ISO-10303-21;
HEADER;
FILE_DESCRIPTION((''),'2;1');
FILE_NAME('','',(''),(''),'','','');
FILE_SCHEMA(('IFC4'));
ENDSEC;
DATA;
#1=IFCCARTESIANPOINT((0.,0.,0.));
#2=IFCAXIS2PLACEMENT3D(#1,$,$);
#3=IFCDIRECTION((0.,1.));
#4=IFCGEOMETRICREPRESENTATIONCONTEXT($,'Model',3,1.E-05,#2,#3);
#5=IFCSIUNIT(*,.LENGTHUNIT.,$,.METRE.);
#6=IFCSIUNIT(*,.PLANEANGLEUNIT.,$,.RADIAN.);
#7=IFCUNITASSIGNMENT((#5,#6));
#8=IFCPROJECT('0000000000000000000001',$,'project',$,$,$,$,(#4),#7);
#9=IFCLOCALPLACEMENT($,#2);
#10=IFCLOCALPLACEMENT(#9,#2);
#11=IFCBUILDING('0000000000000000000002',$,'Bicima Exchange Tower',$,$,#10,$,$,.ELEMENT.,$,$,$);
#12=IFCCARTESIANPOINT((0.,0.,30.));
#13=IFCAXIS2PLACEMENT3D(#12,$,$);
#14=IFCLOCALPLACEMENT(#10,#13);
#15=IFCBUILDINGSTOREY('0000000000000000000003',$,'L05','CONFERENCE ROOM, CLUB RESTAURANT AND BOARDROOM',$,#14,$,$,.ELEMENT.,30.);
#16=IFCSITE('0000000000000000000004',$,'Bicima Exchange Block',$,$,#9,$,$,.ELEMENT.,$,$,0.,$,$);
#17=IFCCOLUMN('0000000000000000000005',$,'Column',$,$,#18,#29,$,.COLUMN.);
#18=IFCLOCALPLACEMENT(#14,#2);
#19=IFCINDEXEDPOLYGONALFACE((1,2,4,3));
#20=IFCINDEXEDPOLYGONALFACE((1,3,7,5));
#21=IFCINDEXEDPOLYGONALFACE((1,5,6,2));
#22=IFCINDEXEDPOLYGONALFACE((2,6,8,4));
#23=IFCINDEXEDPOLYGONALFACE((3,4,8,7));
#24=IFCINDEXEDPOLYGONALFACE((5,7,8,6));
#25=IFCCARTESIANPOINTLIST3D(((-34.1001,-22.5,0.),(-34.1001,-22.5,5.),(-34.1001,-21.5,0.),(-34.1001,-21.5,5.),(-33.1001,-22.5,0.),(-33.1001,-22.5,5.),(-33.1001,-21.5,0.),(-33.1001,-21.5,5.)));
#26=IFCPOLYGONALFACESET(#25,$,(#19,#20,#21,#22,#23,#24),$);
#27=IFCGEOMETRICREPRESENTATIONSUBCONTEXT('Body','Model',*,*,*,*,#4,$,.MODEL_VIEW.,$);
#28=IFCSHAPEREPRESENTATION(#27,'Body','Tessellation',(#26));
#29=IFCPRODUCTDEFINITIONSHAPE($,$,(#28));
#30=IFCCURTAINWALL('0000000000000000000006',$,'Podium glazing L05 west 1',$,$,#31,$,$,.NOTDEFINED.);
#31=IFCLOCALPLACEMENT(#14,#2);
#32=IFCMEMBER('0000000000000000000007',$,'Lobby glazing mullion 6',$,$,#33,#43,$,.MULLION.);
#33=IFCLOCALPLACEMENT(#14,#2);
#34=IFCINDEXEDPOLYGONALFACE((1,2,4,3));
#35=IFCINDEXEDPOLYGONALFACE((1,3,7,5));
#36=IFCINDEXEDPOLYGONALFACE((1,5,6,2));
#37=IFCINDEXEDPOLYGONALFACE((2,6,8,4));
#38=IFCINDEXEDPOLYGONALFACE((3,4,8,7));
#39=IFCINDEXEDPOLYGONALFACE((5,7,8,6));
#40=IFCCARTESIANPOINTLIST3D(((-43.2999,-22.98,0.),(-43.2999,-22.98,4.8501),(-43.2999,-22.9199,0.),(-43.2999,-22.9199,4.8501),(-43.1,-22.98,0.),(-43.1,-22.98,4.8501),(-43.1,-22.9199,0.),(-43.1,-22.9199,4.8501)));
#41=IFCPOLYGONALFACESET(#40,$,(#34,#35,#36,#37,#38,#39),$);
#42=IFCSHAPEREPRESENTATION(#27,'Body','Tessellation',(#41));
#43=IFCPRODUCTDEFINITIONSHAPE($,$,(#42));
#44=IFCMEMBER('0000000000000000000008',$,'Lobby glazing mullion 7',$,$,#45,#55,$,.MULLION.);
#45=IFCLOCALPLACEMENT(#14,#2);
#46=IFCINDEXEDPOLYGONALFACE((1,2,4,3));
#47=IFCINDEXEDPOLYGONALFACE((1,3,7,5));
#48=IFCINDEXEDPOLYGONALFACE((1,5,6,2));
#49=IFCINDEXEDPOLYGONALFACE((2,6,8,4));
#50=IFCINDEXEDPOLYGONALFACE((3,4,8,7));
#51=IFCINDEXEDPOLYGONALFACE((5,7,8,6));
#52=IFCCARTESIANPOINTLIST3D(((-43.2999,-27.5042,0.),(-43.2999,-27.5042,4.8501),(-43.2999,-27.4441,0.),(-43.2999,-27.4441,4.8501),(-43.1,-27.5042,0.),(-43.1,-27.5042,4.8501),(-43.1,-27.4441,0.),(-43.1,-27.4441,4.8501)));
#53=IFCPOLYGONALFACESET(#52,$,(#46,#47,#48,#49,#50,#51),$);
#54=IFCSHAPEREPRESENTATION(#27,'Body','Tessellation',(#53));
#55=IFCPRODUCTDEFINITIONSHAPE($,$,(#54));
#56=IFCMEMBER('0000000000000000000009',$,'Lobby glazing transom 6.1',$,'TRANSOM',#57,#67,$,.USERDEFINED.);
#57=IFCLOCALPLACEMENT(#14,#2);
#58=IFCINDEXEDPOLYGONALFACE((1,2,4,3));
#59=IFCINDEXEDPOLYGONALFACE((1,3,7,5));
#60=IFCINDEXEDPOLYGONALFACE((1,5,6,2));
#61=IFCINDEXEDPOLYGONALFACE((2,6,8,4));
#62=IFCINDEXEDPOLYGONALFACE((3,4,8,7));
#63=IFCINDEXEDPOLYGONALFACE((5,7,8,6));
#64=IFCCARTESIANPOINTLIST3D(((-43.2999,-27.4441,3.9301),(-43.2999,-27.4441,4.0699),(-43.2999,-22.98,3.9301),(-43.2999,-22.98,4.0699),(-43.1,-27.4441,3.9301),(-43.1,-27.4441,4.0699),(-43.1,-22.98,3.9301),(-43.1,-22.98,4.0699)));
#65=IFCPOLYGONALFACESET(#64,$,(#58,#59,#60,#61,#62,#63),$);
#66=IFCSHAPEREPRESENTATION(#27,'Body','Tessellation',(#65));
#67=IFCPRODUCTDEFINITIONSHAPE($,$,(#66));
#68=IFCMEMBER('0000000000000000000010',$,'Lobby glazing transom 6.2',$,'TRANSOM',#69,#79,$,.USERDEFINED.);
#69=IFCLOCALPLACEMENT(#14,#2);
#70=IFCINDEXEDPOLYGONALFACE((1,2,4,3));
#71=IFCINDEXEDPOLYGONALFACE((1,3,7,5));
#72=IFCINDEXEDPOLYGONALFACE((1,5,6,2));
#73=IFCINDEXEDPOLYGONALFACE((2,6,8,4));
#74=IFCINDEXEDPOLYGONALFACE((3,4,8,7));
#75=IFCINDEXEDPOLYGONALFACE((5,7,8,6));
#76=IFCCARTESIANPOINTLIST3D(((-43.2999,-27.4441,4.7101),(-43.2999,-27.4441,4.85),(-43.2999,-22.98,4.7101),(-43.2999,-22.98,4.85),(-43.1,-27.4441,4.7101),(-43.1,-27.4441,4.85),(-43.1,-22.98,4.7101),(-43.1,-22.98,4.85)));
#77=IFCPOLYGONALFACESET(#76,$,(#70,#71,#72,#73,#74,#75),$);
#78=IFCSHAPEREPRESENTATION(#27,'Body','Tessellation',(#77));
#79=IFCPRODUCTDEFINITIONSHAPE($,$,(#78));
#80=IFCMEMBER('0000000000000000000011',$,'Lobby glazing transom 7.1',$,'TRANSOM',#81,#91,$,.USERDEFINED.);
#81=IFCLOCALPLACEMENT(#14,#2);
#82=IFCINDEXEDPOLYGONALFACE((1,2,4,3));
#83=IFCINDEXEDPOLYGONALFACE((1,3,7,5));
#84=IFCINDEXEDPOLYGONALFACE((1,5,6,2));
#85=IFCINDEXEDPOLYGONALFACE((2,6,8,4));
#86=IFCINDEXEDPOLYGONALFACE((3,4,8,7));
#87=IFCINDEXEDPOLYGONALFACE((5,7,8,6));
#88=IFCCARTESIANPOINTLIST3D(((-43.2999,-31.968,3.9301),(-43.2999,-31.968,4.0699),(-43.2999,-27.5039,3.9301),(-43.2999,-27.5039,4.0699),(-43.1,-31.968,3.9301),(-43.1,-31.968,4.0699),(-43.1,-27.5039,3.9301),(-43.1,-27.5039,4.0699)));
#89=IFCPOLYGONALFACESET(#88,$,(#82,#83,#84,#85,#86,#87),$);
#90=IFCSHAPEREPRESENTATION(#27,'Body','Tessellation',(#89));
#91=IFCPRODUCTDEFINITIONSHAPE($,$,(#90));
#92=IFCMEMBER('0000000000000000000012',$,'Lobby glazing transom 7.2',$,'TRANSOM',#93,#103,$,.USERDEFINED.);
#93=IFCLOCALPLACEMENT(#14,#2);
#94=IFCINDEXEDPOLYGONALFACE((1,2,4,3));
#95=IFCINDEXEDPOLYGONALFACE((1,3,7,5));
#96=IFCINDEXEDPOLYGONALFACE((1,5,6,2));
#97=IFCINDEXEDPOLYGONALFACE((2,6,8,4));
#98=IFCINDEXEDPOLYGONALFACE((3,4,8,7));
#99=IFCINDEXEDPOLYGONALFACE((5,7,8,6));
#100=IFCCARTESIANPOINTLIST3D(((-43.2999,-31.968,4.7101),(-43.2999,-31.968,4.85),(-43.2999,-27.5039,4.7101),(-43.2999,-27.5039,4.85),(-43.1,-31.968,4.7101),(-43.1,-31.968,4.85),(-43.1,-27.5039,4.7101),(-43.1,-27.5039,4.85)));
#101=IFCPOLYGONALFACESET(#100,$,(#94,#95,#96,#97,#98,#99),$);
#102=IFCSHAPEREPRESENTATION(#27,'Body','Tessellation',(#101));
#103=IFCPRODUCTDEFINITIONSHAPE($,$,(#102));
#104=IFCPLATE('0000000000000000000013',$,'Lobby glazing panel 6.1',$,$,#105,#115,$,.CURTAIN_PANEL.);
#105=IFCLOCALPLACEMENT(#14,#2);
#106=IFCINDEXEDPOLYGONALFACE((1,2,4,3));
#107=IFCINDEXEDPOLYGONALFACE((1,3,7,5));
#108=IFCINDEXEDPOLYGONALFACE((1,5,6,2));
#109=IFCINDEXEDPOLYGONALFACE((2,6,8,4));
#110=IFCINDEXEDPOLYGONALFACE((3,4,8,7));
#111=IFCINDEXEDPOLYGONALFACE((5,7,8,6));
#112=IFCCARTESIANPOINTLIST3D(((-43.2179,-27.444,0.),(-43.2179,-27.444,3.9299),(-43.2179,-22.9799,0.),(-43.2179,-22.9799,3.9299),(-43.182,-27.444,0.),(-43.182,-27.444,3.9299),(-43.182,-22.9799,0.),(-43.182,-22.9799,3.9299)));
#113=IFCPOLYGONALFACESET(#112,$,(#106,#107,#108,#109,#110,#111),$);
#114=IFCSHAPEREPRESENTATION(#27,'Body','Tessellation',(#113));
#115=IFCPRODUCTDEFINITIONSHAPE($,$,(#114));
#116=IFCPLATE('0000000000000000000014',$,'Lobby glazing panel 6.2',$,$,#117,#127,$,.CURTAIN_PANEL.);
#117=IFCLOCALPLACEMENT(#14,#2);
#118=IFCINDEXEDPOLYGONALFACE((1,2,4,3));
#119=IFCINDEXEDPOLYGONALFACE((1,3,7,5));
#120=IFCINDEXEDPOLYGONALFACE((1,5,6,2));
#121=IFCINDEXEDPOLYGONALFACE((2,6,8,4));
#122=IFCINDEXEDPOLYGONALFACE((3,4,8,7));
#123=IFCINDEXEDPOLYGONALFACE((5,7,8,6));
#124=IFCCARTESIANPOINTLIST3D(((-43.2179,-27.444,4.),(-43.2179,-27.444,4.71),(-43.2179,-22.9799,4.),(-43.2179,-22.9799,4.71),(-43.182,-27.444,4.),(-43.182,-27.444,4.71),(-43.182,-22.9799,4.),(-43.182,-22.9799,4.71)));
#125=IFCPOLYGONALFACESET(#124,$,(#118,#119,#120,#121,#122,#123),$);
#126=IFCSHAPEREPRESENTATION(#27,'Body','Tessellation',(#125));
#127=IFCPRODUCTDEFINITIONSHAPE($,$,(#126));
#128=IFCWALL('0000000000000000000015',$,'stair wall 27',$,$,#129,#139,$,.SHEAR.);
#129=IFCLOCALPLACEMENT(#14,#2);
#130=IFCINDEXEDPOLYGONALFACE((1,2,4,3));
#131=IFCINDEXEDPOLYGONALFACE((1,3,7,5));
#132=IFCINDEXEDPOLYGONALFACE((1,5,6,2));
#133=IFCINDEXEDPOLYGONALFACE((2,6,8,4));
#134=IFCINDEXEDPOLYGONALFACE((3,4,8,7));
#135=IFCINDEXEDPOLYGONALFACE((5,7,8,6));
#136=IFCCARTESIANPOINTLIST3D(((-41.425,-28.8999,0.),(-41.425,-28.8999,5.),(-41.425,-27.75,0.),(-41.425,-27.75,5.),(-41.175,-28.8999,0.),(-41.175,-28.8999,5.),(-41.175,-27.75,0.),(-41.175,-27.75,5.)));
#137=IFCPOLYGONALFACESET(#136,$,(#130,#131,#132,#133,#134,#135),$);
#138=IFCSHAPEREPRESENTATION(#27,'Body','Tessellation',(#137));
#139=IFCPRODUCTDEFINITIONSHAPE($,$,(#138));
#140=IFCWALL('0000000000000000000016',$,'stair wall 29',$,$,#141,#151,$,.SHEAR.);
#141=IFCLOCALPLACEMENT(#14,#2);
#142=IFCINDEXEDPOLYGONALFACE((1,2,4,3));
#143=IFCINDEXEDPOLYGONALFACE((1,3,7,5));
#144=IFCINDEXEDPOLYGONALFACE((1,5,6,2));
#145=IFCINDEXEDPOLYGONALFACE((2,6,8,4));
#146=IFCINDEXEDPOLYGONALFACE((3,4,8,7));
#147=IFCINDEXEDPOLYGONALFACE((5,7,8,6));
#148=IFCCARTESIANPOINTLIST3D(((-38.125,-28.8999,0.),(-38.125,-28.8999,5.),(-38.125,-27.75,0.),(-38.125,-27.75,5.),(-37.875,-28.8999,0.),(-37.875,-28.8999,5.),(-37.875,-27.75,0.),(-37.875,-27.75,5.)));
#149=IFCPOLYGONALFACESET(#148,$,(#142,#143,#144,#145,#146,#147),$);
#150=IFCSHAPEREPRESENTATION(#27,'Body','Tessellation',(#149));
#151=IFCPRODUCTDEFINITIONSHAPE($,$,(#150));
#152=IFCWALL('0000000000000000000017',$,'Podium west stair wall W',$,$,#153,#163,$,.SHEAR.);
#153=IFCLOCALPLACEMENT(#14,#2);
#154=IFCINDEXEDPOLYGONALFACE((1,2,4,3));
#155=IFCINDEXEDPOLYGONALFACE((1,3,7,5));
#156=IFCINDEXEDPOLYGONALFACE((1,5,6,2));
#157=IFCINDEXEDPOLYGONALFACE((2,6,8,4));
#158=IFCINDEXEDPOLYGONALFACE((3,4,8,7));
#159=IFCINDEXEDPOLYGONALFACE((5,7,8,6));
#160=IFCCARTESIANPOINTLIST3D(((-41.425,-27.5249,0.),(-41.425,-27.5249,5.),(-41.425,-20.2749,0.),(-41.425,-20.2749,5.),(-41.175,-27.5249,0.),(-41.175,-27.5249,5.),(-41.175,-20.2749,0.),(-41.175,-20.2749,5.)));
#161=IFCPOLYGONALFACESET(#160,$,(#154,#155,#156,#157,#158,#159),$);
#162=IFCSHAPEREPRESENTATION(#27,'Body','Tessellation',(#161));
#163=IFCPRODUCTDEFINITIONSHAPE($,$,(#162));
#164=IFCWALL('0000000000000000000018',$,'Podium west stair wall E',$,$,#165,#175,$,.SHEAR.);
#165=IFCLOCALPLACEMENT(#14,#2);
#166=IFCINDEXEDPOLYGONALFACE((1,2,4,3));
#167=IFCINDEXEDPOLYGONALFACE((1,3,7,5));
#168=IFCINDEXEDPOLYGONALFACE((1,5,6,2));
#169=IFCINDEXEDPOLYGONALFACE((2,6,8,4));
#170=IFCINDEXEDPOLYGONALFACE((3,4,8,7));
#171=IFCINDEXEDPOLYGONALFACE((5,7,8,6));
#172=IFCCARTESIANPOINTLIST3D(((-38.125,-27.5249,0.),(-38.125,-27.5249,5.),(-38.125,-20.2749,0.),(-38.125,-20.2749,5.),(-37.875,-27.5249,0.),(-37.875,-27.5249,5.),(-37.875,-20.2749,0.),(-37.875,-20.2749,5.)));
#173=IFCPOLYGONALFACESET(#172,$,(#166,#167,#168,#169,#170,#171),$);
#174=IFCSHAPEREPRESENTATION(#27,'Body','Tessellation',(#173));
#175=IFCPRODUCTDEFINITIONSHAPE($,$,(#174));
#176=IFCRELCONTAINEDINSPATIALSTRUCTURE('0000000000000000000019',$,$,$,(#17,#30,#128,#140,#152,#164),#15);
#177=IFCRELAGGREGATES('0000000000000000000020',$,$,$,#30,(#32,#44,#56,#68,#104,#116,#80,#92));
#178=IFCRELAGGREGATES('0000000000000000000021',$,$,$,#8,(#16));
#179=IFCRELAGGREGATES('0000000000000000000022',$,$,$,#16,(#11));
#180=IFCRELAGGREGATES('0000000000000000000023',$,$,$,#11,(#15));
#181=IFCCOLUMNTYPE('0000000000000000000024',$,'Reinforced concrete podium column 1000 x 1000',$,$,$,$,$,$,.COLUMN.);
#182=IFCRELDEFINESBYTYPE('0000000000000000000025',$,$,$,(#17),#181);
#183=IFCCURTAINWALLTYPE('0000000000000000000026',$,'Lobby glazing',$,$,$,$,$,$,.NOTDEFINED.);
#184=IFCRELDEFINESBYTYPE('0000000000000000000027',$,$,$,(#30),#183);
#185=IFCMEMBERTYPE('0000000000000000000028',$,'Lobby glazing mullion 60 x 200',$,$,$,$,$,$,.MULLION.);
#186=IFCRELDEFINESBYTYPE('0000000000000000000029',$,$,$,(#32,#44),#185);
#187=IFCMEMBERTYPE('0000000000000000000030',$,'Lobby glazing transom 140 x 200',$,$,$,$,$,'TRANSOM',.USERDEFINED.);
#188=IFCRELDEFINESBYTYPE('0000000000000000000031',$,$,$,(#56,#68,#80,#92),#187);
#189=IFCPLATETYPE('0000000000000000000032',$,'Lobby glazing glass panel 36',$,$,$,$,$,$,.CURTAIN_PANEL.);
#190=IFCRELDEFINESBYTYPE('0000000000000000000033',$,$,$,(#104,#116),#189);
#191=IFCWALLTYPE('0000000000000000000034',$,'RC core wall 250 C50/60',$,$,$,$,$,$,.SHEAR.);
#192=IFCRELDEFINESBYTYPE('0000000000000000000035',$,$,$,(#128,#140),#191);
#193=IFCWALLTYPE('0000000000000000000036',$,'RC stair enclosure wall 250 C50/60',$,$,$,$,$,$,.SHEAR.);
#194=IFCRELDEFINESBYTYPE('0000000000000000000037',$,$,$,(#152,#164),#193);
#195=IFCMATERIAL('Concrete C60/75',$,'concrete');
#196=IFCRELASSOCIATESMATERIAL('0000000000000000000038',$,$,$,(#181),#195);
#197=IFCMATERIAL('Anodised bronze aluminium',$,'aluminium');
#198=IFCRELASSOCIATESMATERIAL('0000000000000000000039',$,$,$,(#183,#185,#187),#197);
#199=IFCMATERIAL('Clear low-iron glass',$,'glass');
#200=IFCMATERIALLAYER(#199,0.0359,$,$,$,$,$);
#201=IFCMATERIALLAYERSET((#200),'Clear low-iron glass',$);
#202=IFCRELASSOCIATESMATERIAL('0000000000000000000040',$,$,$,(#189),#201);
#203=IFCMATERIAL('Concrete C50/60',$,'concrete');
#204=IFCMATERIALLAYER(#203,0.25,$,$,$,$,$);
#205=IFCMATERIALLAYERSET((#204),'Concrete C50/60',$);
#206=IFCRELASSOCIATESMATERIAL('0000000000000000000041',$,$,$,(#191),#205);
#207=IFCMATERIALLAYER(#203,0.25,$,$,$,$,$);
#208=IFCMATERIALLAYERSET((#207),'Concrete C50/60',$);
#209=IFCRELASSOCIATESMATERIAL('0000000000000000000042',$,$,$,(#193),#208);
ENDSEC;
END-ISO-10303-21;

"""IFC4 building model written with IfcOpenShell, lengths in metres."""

from ifc_helpers import new_model, si_unit, direction, frame, frame_2d, origin, origin_2d, place, context, subcontext, project, spatial, rectangle, extrude, material, layer, layer_set, material_profile, profile_set, type_object, element, aggregate, save


model = new_model("IFC4")

# Units and contexts
model_context = context("Model", 3, precision=1e-05, world=origin(), true_north=direction((0.0, 1.0)))
body_context = subcontext(model_context, "Body", "Model", "MODEL_VIEW")
ifc_project = project(units=[si_unit("LENGTHUNIT", "METRE"), si_unit("PLANEANGLEUNIT", "RADIAN")], contexts=[model_context])

# Site, building, storey
site_placement = place(None, origin())
site = spatial("IfcSite", under=ifc_project, at=site_placement, Name="Bicima Exchange Block", CompositionType="ELEMENT", RefElevation=0.0)
building_placement = place(site_placement, origin())
building = spatial("IfcBuilding", under=site, at=building_placement, Name="Bicima Exchange Tower", CompositionType="ELEMENT")
storey_placement = place(building_placement, frame((0.0, 0.0, 30.0)))
storey = spatial("IfcBuildingStorey", under=building, at=storey_placement, Name="L05", Description="CONFERENCE ROOM, CLUB RESTAURANT AND BOARDROOM", CompositionType="ELEMENT", Elevation=30.0)

# Column
ifc_material_1 = material(Name="Concrete C60/75", Category="concrete")
ifc_material_profile_1 = material_profile(ifc_material_1, rectangle(XDim=1.0, YDim=1.0, at=origin_2d()))
ifc_profile_set_1 = profile_set([ifc_material_profile_1], Name="Concrete C60/75")
column_type = type_object("IfcColumnType", Name="Reinforced concrete podium column 1000 x 1000", PredefinedType="COLUMN", material=ifc_profile_set_1)
column_placement = place(storey_placement, frame((-33.6001, -22.0, 0.0), z_axis=(0.0, 0.0, 1.0), x_axis=(1.0, 0.0, 0.0)))
element("IfcColumn", 1, at=column_placement, inside=storey, type_object=column_type, Name="Column", PredefinedType="COLUMN", context=body_context, shape_type="SweptSolid", body=[
    extrude(rectangle(XDim=1.0, YDim=1.0, at=origin_2d()), origin(), (0.0, 0.0, 1.0), 5.0),
])

# Curtain wall, members, plates
ifc_material_2 = material(Name="Anodised bronze aluminium", Category="aluminium")
curtain_wall_type = type_object("IfcCurtainWallType", Name="Lobby glazing", PredefinedType="NOTDEFINED", material=ifc_material_2)
curtain_wall_placement = place(storey_placement, origin())
curtain_wall = element("IfcCurtainWall", 2, at=curtain_wall_placement, inside=storey, type_object=curtain_wall_type, Name="Podium glazing L05 west 1", PredefinedType="NOTDEFINED")
ifc_material_profile_2 = material_profile(ifc_material_2, rectangle(XDim=0.2, YDim=0.0601, at=origin_2d()))
ifc_profile_set_2 = profile_set([ifc_material_profile_2], Name="Anodised bronze aluminium")
member_type_1 = type_object("IfcMemberType", Name="Lobby glazing mullion 60 x 200", PredefinedType="MULLION", material=ifc_profile_set_2)
member_1_placement = place(storey_placement, frame((-43.2, -22.95, 0.0), z_axis=(0.0, 0.0, 1.0), x_axis=(1.0, 0.0, 0.0)))
member_1 = element("IfcMember", 3, at=member_1_placement, type_object=member_type_1, Name="Lobby glazing mullion 6", PredefinedType="MULLION", context=body_context, shape_type="SweptSolid", body=[
    extrude(rectangle(XDim=0.2, YDim=0.0601, at=origin_2d()), origin(), (0.0, 0.0, 1.0), 4.8501),
])
member_2_placement = place(storey_placement, frame((-43.2, -27.4741, 0.0), z_axis=(0.0, 0.0, 1.0), x_axis=(1.0, 0.0, 0.0)))
member_2 = element("IfcMember", 4, at=member_2_placement, type_object=member_type_1, Name="Lobby glazing mullion 7", PredefinedType="MULLION", context=body_context, shape_type="SweptSolid", body=[
    extrude(rectangle(XDim=0.2, YDim=0.0601, at=origin_2d()), origin(), (0.0, 0.0, 1.0), 4.8501),
])
ifc_material_profile_3 = material_profile(ifc_material_2, rectangle(XDim=0.2, YDim=0.1399, at=origin_2d()))
ifc_profile_set_3 = profile_set([ifc_material_profile_3], Name="Anodised bronze aluminium")
member_type_2 = type_object("IfcMemberType", Name="Lobby glazing transom 140 x 200", ElementType="TRANSOM", PredefinedType="USERDEFINED", material=ifc_profile_set_3)
member_3_placement = place(storey_placement, frame((-43.2, -22.98, 4.0), z_axis=(0.0, -1.0, 0.0), x_axis=(1.0, 0.0, 0.0)))
member_3 = element("IfcMember", 5, at=member_3_placement, type_object=member_type_2, Name="Lobby glazing transom 6.1", ObjectType="TRANSOM", PredefinedType="USERDEFINED", context=body_context, shape_type="SweptSolid", body=[
    extrude(rectangle(XDim=0.2, YDim=0.1399, at=origin_2d()), origin(), (0.0, 0.0, 1.0), 4.4641),
])
member_4_placement = place(storey_placement, frame((-43.2, -22.98, 4.78), z_axis=(0.0, -1.0, 0.0), x_axis=(1.0, 0.0, 0.0)))
member_4 = element("IfcMember", 6, at=member_4_placement, type_object=member_type_2, Name="Lobby glazing transom 6.2", ObjectType="TRANSOM", PredefinedType="USERDEFINED", context=body_context, shape_type="SweptSolid", body=[
    extrude(rectangle(XDim=0.2, YDim=0.1399, at=origin_2d()), origin(), (0.0, 0.0, 1.0), 4.4641),
])
member_5_placement = place(storey_placement, frame((-43.2, -27.5039, 4.0), z_axis=(0.0, -1.0, 0.0), x_axis=(1.0, 0.0, 0.0)))
member_5 = element("IfcMember", 7, at=member_5_placement, type_object=member_type_2, Name="Lobby glazing transom 7.1", ObjectType="TRANSOM", PredefinedType="USERDEFINED", context=body_context, shape_type="SweptSolid", body=[
    extrude(rectangle(XDim=0.2, YDim=0.1399, at=origin_2d()), origin(), (0.0, 0.0, 1.0), 4.4641),
])
member_6_placement = place(storey_placement, frame((-43.2, -27.5039, 4.78), z_axis=(0.0, -1.0, 0.0), x_axis=(1.0, 0.0, 0.0)))
member_6 = element("IfcMember", 8, at=member_6_placement, type_object=member_type_2, Name="Lobby glazing transom 7.2", ObjectType="TRANSOM", PredefinedType="USERDEFINED", context=body_context, shape_type="SweptSolid", body=[
    extrude(rectangle(XDim=0.2, YDim=0.1399, at=origin_2d()), origin(), (0.0, 0.0, 1.0), 4.4641),
])
ifc_material_3 = material(Name="Clear low-iron glass", Category="glass")
ifc_layer_1 = layer(ifc_material_3, 0.0359)
ifc_layer_set_1 = layer_set([ifc_layer_1], Name="Clear low-iron glass")
plate_type = type_object("IfcPlateType", Name="Lobby glazing glass panel 36", PredefinedType="CURTAIN_PANEL", material=ifc_layer_set_1)
plate_1_placement = place(storey_placement, frame((-43.2, -25.2119, 0.0), z_axis=(0.0, 0.0, 1.0), x_axis=(0.0, -1.0, 0.0)))
plate_1 = element("IfcPlate", 9, at=plate_1_placement, type_object=plate_type, Name="Lobby glazing panel 6.1", PredefinedType="CURTAIN_PANEL", context=body_context, shape_type="SweptSolid", body=[
    extrude(rectangle(XDim=4.4641, YDim=0.0359, at=origin_2d()), origin(), (0.0, 0.0, 1.0), 3.9299),
])
plate_2_placement = place(storey_placement, frame((-43.2, -25.2119, 4.0), z_axis=(0.0, 0.0, 1.0), x_axis=(0.0, -1.0, 0.0)))
plate_2 = element("IfcPlate", 10, at=plate_2_placement, type_object=plate_type, Name="Lobby glazing panel 6.2", PredefinedType="CURTAIN_PANEL", context=body_context, shape_type="SweptSolid", body=[
    extrude(rectangle(XDim=4.4641, YDim=0.0359, at=origin_2d()), origin(), (0.0, 0.0, 1.0), 0.71),
])
aggregate(curtain_wall, [member_1, member_2, member_3, member_4, plate_1, plate_2, member_5, member_6])

# Walls
ifc_material_4 = material(Name="Concrete C50/60", Category="concrete")
ifc_layer_2 = layer(ifc_material_4, 0.25)
ifc_layer_set_2 = layer_set([ifc_layer_2], Name="Concrete C50/60")
wall_type_1 = type_object("IfcWallType", Name="RC core wall 250 C50/60", PredefinedType="SHEAR", material=ifc_layer_set_2)
for number, where, z_axis, x_axis, name in (
    (11, (-41.3, -28.8999, 0.0), (0.0, 0.0, 1.0), (0.0, 1.0, 0.0), "stair wall 27"),
    (12, (-38.0, -28.8999, 0.0), (0.0, 0.0, 1.0), (0.0, 1.0, 0.0), "stair wall 29"),
):
    element("IfcWall", number, at=place(storey_placement, frame(where, z_axis=z_axis, x_axis=x_axis)), inside=storey, type_object=wall_type_1, Name=name, PredefinedType="SHEAR", context=body_context, shape_type="SweptSolid", body=[
        extrude(rectangle(XDim=1.1499, YDim=0.25, at=frame_2d((0.575, 0.0))), origin(), (0.0, 0.0, 1.0), 5.0),
    ])
ifc_layer_3 = layer(ifc_material_4, 0.25)
ifc_layer_set_3 = layer_set([ifc_layer_3], Name="Concrete C50/60")
wall_type_2 = type_object("IfcWallType", Name="RC stair enclosure wall 250 C50/60", PredefinedType="SHEAR", material=ifc_layer_set_3)
for number, where, z_axis, x_axis, name in (
    (13, (-41.3, -27.5249, 0.0), (0.0, 0.0, 1.0), (0.0, 1.0, 0.0), "Podium west stair wall W"),
    (14, (-38.0, -27.5249, 0.0), (0.0, 0.0, 1.0), (0.0, 1.0, 0.0), "Podium west stair wall E"),
):
    element("IfcWall", number, at=place(storey_placement, frame(where, z_axis=z_axis, x_axis=x_axis)), inside=storey, type_object=wall_type_2, Name=name, PredefinedType="SHEAR", context=body_context, shape_type="SweptSolid", body=[
        extrude(rectangle(XDim=7.25, YDim=0.25, at=frame_2d((3.625, 0.0))), origin(), (0.0, 0.0, 1.0), 5.0),
    ])

save(model, "model.ifc")
